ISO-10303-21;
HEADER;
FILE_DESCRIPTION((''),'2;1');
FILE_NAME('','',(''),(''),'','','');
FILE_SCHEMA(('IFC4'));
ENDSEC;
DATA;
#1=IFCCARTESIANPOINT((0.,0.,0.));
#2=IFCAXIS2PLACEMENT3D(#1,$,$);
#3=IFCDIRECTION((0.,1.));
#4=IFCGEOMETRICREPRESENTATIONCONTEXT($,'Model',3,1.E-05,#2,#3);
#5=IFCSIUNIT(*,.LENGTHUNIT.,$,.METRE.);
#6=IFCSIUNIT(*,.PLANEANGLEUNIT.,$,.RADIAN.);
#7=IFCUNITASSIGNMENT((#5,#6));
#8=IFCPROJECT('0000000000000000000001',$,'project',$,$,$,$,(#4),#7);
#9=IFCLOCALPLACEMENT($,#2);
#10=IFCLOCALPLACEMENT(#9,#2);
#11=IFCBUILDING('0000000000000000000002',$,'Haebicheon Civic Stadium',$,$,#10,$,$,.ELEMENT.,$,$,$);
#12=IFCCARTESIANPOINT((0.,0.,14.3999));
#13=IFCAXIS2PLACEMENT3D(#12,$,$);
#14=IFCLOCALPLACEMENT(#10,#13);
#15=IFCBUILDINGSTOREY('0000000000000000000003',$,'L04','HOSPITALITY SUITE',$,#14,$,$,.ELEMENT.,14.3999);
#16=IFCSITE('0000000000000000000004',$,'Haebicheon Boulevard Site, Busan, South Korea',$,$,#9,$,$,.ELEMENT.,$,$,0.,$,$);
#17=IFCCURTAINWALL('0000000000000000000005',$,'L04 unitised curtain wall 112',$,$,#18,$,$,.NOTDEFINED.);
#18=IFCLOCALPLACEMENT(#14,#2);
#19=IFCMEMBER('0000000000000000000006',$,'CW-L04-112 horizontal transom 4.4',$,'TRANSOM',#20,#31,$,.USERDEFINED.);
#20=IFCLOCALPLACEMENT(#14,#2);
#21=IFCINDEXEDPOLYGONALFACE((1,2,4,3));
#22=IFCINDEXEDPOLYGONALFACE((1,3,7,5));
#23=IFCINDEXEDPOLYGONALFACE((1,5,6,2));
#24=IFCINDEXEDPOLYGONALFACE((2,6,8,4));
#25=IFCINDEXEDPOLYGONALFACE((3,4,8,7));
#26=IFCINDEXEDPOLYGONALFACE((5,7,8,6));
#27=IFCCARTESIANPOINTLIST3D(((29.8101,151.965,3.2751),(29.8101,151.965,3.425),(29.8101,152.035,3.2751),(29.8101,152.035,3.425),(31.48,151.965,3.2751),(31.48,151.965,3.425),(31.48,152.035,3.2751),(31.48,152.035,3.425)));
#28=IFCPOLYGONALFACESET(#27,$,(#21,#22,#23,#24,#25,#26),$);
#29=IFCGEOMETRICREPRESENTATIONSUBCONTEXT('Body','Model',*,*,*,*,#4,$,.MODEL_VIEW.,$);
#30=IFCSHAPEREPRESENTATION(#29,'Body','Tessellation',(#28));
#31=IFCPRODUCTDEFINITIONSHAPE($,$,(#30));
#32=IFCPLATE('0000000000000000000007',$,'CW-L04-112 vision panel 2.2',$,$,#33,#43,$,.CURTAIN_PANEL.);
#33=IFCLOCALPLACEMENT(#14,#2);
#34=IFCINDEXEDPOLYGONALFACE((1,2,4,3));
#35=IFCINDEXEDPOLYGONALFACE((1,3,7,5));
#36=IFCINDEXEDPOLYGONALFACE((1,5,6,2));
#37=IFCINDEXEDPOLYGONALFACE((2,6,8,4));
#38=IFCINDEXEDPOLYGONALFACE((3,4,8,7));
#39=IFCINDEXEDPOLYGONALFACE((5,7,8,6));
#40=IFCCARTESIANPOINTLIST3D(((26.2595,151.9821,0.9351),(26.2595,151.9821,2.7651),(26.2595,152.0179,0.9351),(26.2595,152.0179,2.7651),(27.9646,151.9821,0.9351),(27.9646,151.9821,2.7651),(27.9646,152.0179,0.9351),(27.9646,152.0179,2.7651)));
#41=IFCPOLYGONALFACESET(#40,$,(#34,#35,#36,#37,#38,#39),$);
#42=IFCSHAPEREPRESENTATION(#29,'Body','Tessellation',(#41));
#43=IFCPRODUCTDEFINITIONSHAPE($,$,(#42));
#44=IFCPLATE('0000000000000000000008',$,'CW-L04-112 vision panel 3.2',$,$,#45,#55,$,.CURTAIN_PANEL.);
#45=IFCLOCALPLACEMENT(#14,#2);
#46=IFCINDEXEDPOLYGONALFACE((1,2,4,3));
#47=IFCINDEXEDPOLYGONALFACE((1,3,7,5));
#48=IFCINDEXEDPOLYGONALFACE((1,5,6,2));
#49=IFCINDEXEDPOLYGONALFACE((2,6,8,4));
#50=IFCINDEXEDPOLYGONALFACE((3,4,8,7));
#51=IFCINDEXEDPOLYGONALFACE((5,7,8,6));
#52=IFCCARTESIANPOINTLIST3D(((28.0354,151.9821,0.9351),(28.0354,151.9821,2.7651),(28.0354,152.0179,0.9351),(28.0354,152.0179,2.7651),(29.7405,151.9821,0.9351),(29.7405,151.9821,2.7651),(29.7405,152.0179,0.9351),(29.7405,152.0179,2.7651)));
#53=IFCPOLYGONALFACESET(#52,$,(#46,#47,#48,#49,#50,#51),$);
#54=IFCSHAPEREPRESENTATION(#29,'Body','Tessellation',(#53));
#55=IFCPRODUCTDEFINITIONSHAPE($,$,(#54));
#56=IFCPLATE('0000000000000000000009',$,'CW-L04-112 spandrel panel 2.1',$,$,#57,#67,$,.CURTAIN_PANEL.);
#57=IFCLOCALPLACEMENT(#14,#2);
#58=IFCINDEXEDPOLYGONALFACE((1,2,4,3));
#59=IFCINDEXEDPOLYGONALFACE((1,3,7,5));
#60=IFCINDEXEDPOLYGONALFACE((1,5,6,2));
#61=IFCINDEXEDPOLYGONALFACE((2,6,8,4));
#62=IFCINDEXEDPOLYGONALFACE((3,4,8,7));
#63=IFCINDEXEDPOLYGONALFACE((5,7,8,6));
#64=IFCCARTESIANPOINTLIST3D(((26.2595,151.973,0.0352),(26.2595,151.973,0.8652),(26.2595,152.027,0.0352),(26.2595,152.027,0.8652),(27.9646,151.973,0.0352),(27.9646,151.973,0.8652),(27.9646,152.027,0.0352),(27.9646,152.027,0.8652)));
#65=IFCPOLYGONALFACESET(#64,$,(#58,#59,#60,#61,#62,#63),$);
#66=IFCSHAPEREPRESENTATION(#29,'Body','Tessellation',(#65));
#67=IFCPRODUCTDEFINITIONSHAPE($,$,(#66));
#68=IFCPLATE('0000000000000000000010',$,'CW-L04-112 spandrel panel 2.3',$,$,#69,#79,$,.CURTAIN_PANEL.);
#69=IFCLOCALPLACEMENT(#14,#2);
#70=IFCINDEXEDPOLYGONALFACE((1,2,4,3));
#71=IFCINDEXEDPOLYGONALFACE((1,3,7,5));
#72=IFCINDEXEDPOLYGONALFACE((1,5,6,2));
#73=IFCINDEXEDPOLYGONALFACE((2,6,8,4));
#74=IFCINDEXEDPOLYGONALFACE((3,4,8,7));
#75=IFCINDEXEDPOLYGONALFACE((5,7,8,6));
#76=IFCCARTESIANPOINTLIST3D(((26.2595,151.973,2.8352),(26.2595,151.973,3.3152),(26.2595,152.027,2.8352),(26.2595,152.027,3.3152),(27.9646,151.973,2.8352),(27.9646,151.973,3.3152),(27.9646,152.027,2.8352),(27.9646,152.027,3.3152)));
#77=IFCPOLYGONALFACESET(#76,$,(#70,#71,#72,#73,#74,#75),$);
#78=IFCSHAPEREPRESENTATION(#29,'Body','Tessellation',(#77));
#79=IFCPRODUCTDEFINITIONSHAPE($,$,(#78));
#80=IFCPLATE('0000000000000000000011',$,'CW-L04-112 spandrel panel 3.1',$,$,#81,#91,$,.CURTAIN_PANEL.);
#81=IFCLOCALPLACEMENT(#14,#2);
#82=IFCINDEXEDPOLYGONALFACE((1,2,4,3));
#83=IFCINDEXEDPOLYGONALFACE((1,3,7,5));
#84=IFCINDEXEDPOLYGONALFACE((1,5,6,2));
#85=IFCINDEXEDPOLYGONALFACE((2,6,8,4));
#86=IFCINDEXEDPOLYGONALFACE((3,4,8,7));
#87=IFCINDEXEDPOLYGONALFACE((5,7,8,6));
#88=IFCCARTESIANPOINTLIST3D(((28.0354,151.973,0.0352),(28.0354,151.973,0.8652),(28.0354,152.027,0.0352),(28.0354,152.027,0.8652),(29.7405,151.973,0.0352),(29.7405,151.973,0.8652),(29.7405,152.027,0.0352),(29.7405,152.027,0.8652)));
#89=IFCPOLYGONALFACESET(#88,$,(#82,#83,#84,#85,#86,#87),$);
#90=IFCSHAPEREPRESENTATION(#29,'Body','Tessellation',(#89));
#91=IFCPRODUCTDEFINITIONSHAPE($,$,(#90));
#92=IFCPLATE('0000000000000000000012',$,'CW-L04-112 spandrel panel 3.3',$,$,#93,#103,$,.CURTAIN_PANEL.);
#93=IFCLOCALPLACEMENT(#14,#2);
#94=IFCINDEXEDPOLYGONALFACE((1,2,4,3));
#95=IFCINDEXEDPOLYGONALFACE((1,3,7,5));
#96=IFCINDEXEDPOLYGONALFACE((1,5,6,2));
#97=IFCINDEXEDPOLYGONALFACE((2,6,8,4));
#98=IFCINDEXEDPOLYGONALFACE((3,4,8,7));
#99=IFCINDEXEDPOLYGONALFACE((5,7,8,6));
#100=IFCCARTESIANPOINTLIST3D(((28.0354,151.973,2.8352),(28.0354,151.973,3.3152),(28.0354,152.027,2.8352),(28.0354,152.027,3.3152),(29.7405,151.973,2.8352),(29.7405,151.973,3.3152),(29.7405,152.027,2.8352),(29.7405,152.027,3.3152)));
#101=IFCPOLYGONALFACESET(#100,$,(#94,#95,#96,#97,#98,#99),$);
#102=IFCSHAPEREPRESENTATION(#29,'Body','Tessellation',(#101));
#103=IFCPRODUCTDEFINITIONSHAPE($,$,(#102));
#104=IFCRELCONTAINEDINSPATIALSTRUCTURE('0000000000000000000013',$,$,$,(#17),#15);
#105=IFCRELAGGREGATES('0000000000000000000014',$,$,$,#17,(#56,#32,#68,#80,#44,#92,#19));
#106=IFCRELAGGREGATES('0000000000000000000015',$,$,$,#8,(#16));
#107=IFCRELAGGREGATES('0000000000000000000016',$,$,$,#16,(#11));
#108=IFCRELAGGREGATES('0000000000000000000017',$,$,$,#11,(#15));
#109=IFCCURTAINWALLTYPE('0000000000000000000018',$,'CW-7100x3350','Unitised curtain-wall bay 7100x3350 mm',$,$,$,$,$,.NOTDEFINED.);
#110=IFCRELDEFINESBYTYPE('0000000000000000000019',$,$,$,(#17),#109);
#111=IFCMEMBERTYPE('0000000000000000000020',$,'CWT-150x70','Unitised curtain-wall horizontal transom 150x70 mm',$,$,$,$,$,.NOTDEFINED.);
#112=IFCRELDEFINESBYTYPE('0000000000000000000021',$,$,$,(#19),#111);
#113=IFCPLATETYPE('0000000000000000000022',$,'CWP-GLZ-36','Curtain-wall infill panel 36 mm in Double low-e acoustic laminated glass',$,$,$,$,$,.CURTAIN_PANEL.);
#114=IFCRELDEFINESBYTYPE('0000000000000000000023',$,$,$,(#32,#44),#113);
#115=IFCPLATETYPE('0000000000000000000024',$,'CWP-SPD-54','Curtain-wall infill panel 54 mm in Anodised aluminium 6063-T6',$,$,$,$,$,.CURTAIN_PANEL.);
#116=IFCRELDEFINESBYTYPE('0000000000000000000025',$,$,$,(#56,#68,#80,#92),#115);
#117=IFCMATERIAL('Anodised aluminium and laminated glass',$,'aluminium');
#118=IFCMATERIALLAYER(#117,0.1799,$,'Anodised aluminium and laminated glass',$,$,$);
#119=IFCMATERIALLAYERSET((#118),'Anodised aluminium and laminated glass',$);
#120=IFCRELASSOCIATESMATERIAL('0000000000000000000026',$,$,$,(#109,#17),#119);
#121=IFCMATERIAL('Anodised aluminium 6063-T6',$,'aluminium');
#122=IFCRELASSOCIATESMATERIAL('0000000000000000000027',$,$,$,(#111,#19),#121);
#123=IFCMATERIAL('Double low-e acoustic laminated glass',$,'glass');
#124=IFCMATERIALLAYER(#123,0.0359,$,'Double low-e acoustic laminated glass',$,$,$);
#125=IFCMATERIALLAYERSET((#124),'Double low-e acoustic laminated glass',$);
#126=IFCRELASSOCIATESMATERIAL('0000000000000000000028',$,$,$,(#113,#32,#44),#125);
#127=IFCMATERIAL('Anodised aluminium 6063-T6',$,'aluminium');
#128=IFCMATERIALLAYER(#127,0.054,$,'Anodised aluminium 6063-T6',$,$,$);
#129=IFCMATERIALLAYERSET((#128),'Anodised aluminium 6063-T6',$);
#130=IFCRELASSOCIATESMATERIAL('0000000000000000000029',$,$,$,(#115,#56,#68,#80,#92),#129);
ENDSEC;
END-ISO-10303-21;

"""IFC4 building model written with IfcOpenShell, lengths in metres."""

from ifc_helpers import new_model, si_unit, direction, frame, origin, origin_2d, place, context, subcontext, project, spatial, rectangle, extrude, material, layer, layer_set, material_profile, profile_set, type_object, element, aggregate, save


model = new_model("IFC4")

# Units and contexts
model_context = context("Model", 3, precision=1e-05, world=origin(), true_north=direction((0.0, 1.0)))
body_context = subcontext(model_context, "Body", "Model", "MODEL_VIEW")
ifc_project = project(units=[si_unit("LENGTHUNIT", "METRE"), si_unit("PLANEANGLEUNIT", "RADIAN")], contexts=[model_context])

# Site, building, storey
site_placement = place(None, origin())
site = spatial("IfcSite", under=ifc_project, at=site_placement, Name="Haebicheon Boulevard Site, Busan, South Korea", CompositionType="ELEMENT", RefElevation=0.0)
building_placement = place(site_placement, origin())
building = spatial("IfcBuilding", under=site, at=building_placement, Name="Haebicheon Civic Stadium", CompositionType="ELEMENT")
storey_placement = place(building_placement, frame((0.0, 0.0, 14.3999)))
storey = spatial("IfcBuildingStorey", under=building, at=storey_placement, Name="L04", Description="HOSPITALITY SUITE", CompositionType="ELEMENT", Elevation=14.3999)

# Curtain wall, member, plates
ifc_material_1 = material(Name="Anodised aluminium and laminated glass", Category="aluminium")
ifc_layer_1 = layer(ifc_material_1, 0.1799, Name="Anodised aluminium and laminated glass")
ifc_layer_set_1 = layer_set([ifc_layer_1], Name="Anodised aluminium and laminated glass")
curtain_wall_type = type_object("IfcCurtainWallType", Name="CW-7100x3350", Description="Unitised curtain-wall bay 7100x3350 mm", PredefinedType="NOTDEFINED", material=ifc_layer_set_1)
curtain_wall_placement = place(storey_placement, origin())
curtain_wall = element("IfcCurtainWall", 1, at=curtain_wall_placement, inside=storey, type_object=curtain_wall_type, material=ifc_layer_set_1, Name="L04 unitised curtain wall 112", PredefinedType="NOTDEFINED")
ifc_material_2 = material(Name="Anodised aluminium 6063-T6", Category="aluminium")
ifc_material_profile_1 = material_profile(ifc_material_2, rectangle(XDim=0.0701, YDim=0.1499, at=origin_2d()), Name="ALU-TRAN-70x150")
ifc_profile_set_1 = profile_set([ifc_material_profile_1], Name="Anodised aluminium 6063-T6")
member_type_1 = type_object("IfcMemberType", Name="CWT-150x70", Description="Unitised curtain-wall horizontal transom 150x70 mm", PredefinedType="NOTDEFINED", material=ifc_profile_set_1)
member_1_placement = place(storey_placement, frame((29.8101, 152.0, 3.3501), z_axis=(1.0, 0.0, 0.0), x_axis=(0.0, 1.0, 0.0)))
member_1 = element("IfcMember", 2, at=member_1_placement, type_object=member_type_1, material=ifc_profile_set_1, Name="CW-L04-112 horizontal transom 4.4", ObjectType="TRANSOM", PredefinedType="USERDEFINED", context=body_context, shape_type="SweptSolid", body=[
    extrude(rectangle(XDim=0.0701, YDim=0.1499, at=origin_2d()), origin(), (0.0, 0.0, 1.0), 1.6699),
])
ifc_material_3 = material(Name="Double low-e acoustic laminated glass", Category="glass")
ifc_layer_2 = layer(ifc_material_3, 0.0359, Name="Double low-e acoustic laminated glass")
ifc_layer_set_2 = layer_set([ifc_layer_2], Name="Double low-e acoustic laminated glass")
plate_type_1 = type_object("IfcPlateType", Name="CWP-GLZ-36", Description="Curtain-wall infill panel 36 mm in Double low-e acoustic laminated glass", PredefinedType="CURTAIN_PANEL", material=ifc_layer_set_2)
plate_1_placement = place(storey_placement, frame((27.1121, 152.0, 0.9351), z_axis=(0.0, 0.0, 1.0), x_axis=(1.0, 0.0, 0.0)))
plate_1 = element("IfcPlate", 3, at=plate_1_placement, type_object=plate_type_1, material=ifc_layer_set_2, Name="CW-L04-112 vision panel 2.2", PredefinedType="CURTAIN_PANEL", context=body_context, shape_type="SweptSolid", body=[
    extrude(rectangle(XDim=1.7051, YDim=0.0359, at=origin_2d()), origin(), (0.0, 0.0, 1.0), 1.8301),
])
plate_2_placement = place(storey_placement, frame((28.8879, 152.0, 0.9351), z_axis=(0.0, 0.0, 1.0), x_axis=(1.0, 0.0, 0.0)))
plate_2 = element("IfcPlate", 4, at=plate_2_placement, type_object=plate_type_1, material=ifc_layer_set_2, Name="CW-L04-112 vision panel 3.2", PredefinedType="CURTAIN_PANEL", context=body_context, shape_type="SweptSolid", body=[
    extrude(rectangle(XDim=1.7051, YDim=0.0359, at=origin_2d()), origin(), (0.0, 0.0, 1.0), 1.8301),
])
ifc_material_4 = material(Name="Anodised aluminium 6063-T6", Category="aluminium")
ifc_layer_3 = layer(ifc_material_4, 0.054, Name="Anodised aluminium 6063-T6")
ifc_layer_set_3 = layer_set([ifc_layer_3], Name="Anodised aluminium 6063-T6")
plate_type_2 = type_object("IfcPlateType", Name="CWP-SPD-54", Description="Curtain-wall infill panel 54 mm in Anodised aluminium 6063-T6", PredefinedType="CURTAIN_PANEL", material=ifc_layer_set_3)
plate_3_placement = place(storey_placement, frame((27.1121, 152.0, 0.0352), z_axis=(0.0, 0.0, 1.0), x_axis=(1.0, 0.0, 0.0)))
plate_3 = element("IfcPlate", 5, at=plate_3_placement, type_object=plate_type_2, material=ifc_layer_set_3, Name="CW-L04-112 spandrel panel 2.1", PredefinedType="CURTAIN_PANEL", context=body_context, shape_type="SweptSolid", body=[
    extrude(rectangle(XDim=1.7051, YDim=0.054, at=origin_2d()), origin(), (0.0, 0.0, 1.0), 0.8301),
])
plate_4_placement = place(storey_placement, frame((27.1121, 152.0, 2.8352), z_axis=(0.0, 0.0, 1.0), x_axis=(1.0, 0.0, 0.0)))
plate_4 = element("IfcPlate", 6, at=plate_4_placement, type_object=plate_type_2, material=ifc_layer_set_3, Name="CW-L04-112 spandrel panel 2.3", PredefinedType="CURTAIN_PANEL", context=body_context, shape_type="SweptSolid", body=[
    extrude(rectangle(XDim=1.7051, YDim=0.054, at=origin_2d()), origin(), (0.0, 0.0, 1.0), 0.48),
])
plate_5_placement = place(storey_placement, frame((28.8879, 152.0, 0.0352), z_axis=(0.0, 0.0, 1.0), x_axis=(1.0, 0.0, 0.0)))
plate_5 = element("IfcPlate", 7, at=plate_5_placement, type_object=plate_type_2, material=ifc_layer_set_3, Name="CW-L04-112 spandrel panel 3.1", PredefinedType="CURTAIN_PANEL", context=body_context, shape_type="SweptSolid", body=[
    extrude(rectangle(XDim=1.7051, YDim=0.054, at=origin_2d()), origin(), (0.0, 0.0, 1.0), 0.8301),
])
plate_6_placement = place(storey_placement, frame((28.8879, 152.0, 2.8352), z_axis=(0.0, 0.0, 1.0), x_axis=(1.0, 0.0, 0.0)))
plate_6 = element("IfcPlate", 8, at=plate_6_placement, type_object=plate_type_2, material=ifc_layer_set_3, Name="CW-L04-112 spandrel panel 3.3", PredefinedType="CURTAIN_PANEL", context=body_context, shape_type="SweptSolid", body=[
    extrude(rectangle(XDim=1.7051, YDim=0.054, at=origin_2d()), origin(), (0.0, 0.0, 1.0), 0.48),
])
aggregate(curtain_wall, [plate_3, plate_1, plate_4, plate_5, plate_2, plate_6, member_1])

save(model, "model.ifc")
